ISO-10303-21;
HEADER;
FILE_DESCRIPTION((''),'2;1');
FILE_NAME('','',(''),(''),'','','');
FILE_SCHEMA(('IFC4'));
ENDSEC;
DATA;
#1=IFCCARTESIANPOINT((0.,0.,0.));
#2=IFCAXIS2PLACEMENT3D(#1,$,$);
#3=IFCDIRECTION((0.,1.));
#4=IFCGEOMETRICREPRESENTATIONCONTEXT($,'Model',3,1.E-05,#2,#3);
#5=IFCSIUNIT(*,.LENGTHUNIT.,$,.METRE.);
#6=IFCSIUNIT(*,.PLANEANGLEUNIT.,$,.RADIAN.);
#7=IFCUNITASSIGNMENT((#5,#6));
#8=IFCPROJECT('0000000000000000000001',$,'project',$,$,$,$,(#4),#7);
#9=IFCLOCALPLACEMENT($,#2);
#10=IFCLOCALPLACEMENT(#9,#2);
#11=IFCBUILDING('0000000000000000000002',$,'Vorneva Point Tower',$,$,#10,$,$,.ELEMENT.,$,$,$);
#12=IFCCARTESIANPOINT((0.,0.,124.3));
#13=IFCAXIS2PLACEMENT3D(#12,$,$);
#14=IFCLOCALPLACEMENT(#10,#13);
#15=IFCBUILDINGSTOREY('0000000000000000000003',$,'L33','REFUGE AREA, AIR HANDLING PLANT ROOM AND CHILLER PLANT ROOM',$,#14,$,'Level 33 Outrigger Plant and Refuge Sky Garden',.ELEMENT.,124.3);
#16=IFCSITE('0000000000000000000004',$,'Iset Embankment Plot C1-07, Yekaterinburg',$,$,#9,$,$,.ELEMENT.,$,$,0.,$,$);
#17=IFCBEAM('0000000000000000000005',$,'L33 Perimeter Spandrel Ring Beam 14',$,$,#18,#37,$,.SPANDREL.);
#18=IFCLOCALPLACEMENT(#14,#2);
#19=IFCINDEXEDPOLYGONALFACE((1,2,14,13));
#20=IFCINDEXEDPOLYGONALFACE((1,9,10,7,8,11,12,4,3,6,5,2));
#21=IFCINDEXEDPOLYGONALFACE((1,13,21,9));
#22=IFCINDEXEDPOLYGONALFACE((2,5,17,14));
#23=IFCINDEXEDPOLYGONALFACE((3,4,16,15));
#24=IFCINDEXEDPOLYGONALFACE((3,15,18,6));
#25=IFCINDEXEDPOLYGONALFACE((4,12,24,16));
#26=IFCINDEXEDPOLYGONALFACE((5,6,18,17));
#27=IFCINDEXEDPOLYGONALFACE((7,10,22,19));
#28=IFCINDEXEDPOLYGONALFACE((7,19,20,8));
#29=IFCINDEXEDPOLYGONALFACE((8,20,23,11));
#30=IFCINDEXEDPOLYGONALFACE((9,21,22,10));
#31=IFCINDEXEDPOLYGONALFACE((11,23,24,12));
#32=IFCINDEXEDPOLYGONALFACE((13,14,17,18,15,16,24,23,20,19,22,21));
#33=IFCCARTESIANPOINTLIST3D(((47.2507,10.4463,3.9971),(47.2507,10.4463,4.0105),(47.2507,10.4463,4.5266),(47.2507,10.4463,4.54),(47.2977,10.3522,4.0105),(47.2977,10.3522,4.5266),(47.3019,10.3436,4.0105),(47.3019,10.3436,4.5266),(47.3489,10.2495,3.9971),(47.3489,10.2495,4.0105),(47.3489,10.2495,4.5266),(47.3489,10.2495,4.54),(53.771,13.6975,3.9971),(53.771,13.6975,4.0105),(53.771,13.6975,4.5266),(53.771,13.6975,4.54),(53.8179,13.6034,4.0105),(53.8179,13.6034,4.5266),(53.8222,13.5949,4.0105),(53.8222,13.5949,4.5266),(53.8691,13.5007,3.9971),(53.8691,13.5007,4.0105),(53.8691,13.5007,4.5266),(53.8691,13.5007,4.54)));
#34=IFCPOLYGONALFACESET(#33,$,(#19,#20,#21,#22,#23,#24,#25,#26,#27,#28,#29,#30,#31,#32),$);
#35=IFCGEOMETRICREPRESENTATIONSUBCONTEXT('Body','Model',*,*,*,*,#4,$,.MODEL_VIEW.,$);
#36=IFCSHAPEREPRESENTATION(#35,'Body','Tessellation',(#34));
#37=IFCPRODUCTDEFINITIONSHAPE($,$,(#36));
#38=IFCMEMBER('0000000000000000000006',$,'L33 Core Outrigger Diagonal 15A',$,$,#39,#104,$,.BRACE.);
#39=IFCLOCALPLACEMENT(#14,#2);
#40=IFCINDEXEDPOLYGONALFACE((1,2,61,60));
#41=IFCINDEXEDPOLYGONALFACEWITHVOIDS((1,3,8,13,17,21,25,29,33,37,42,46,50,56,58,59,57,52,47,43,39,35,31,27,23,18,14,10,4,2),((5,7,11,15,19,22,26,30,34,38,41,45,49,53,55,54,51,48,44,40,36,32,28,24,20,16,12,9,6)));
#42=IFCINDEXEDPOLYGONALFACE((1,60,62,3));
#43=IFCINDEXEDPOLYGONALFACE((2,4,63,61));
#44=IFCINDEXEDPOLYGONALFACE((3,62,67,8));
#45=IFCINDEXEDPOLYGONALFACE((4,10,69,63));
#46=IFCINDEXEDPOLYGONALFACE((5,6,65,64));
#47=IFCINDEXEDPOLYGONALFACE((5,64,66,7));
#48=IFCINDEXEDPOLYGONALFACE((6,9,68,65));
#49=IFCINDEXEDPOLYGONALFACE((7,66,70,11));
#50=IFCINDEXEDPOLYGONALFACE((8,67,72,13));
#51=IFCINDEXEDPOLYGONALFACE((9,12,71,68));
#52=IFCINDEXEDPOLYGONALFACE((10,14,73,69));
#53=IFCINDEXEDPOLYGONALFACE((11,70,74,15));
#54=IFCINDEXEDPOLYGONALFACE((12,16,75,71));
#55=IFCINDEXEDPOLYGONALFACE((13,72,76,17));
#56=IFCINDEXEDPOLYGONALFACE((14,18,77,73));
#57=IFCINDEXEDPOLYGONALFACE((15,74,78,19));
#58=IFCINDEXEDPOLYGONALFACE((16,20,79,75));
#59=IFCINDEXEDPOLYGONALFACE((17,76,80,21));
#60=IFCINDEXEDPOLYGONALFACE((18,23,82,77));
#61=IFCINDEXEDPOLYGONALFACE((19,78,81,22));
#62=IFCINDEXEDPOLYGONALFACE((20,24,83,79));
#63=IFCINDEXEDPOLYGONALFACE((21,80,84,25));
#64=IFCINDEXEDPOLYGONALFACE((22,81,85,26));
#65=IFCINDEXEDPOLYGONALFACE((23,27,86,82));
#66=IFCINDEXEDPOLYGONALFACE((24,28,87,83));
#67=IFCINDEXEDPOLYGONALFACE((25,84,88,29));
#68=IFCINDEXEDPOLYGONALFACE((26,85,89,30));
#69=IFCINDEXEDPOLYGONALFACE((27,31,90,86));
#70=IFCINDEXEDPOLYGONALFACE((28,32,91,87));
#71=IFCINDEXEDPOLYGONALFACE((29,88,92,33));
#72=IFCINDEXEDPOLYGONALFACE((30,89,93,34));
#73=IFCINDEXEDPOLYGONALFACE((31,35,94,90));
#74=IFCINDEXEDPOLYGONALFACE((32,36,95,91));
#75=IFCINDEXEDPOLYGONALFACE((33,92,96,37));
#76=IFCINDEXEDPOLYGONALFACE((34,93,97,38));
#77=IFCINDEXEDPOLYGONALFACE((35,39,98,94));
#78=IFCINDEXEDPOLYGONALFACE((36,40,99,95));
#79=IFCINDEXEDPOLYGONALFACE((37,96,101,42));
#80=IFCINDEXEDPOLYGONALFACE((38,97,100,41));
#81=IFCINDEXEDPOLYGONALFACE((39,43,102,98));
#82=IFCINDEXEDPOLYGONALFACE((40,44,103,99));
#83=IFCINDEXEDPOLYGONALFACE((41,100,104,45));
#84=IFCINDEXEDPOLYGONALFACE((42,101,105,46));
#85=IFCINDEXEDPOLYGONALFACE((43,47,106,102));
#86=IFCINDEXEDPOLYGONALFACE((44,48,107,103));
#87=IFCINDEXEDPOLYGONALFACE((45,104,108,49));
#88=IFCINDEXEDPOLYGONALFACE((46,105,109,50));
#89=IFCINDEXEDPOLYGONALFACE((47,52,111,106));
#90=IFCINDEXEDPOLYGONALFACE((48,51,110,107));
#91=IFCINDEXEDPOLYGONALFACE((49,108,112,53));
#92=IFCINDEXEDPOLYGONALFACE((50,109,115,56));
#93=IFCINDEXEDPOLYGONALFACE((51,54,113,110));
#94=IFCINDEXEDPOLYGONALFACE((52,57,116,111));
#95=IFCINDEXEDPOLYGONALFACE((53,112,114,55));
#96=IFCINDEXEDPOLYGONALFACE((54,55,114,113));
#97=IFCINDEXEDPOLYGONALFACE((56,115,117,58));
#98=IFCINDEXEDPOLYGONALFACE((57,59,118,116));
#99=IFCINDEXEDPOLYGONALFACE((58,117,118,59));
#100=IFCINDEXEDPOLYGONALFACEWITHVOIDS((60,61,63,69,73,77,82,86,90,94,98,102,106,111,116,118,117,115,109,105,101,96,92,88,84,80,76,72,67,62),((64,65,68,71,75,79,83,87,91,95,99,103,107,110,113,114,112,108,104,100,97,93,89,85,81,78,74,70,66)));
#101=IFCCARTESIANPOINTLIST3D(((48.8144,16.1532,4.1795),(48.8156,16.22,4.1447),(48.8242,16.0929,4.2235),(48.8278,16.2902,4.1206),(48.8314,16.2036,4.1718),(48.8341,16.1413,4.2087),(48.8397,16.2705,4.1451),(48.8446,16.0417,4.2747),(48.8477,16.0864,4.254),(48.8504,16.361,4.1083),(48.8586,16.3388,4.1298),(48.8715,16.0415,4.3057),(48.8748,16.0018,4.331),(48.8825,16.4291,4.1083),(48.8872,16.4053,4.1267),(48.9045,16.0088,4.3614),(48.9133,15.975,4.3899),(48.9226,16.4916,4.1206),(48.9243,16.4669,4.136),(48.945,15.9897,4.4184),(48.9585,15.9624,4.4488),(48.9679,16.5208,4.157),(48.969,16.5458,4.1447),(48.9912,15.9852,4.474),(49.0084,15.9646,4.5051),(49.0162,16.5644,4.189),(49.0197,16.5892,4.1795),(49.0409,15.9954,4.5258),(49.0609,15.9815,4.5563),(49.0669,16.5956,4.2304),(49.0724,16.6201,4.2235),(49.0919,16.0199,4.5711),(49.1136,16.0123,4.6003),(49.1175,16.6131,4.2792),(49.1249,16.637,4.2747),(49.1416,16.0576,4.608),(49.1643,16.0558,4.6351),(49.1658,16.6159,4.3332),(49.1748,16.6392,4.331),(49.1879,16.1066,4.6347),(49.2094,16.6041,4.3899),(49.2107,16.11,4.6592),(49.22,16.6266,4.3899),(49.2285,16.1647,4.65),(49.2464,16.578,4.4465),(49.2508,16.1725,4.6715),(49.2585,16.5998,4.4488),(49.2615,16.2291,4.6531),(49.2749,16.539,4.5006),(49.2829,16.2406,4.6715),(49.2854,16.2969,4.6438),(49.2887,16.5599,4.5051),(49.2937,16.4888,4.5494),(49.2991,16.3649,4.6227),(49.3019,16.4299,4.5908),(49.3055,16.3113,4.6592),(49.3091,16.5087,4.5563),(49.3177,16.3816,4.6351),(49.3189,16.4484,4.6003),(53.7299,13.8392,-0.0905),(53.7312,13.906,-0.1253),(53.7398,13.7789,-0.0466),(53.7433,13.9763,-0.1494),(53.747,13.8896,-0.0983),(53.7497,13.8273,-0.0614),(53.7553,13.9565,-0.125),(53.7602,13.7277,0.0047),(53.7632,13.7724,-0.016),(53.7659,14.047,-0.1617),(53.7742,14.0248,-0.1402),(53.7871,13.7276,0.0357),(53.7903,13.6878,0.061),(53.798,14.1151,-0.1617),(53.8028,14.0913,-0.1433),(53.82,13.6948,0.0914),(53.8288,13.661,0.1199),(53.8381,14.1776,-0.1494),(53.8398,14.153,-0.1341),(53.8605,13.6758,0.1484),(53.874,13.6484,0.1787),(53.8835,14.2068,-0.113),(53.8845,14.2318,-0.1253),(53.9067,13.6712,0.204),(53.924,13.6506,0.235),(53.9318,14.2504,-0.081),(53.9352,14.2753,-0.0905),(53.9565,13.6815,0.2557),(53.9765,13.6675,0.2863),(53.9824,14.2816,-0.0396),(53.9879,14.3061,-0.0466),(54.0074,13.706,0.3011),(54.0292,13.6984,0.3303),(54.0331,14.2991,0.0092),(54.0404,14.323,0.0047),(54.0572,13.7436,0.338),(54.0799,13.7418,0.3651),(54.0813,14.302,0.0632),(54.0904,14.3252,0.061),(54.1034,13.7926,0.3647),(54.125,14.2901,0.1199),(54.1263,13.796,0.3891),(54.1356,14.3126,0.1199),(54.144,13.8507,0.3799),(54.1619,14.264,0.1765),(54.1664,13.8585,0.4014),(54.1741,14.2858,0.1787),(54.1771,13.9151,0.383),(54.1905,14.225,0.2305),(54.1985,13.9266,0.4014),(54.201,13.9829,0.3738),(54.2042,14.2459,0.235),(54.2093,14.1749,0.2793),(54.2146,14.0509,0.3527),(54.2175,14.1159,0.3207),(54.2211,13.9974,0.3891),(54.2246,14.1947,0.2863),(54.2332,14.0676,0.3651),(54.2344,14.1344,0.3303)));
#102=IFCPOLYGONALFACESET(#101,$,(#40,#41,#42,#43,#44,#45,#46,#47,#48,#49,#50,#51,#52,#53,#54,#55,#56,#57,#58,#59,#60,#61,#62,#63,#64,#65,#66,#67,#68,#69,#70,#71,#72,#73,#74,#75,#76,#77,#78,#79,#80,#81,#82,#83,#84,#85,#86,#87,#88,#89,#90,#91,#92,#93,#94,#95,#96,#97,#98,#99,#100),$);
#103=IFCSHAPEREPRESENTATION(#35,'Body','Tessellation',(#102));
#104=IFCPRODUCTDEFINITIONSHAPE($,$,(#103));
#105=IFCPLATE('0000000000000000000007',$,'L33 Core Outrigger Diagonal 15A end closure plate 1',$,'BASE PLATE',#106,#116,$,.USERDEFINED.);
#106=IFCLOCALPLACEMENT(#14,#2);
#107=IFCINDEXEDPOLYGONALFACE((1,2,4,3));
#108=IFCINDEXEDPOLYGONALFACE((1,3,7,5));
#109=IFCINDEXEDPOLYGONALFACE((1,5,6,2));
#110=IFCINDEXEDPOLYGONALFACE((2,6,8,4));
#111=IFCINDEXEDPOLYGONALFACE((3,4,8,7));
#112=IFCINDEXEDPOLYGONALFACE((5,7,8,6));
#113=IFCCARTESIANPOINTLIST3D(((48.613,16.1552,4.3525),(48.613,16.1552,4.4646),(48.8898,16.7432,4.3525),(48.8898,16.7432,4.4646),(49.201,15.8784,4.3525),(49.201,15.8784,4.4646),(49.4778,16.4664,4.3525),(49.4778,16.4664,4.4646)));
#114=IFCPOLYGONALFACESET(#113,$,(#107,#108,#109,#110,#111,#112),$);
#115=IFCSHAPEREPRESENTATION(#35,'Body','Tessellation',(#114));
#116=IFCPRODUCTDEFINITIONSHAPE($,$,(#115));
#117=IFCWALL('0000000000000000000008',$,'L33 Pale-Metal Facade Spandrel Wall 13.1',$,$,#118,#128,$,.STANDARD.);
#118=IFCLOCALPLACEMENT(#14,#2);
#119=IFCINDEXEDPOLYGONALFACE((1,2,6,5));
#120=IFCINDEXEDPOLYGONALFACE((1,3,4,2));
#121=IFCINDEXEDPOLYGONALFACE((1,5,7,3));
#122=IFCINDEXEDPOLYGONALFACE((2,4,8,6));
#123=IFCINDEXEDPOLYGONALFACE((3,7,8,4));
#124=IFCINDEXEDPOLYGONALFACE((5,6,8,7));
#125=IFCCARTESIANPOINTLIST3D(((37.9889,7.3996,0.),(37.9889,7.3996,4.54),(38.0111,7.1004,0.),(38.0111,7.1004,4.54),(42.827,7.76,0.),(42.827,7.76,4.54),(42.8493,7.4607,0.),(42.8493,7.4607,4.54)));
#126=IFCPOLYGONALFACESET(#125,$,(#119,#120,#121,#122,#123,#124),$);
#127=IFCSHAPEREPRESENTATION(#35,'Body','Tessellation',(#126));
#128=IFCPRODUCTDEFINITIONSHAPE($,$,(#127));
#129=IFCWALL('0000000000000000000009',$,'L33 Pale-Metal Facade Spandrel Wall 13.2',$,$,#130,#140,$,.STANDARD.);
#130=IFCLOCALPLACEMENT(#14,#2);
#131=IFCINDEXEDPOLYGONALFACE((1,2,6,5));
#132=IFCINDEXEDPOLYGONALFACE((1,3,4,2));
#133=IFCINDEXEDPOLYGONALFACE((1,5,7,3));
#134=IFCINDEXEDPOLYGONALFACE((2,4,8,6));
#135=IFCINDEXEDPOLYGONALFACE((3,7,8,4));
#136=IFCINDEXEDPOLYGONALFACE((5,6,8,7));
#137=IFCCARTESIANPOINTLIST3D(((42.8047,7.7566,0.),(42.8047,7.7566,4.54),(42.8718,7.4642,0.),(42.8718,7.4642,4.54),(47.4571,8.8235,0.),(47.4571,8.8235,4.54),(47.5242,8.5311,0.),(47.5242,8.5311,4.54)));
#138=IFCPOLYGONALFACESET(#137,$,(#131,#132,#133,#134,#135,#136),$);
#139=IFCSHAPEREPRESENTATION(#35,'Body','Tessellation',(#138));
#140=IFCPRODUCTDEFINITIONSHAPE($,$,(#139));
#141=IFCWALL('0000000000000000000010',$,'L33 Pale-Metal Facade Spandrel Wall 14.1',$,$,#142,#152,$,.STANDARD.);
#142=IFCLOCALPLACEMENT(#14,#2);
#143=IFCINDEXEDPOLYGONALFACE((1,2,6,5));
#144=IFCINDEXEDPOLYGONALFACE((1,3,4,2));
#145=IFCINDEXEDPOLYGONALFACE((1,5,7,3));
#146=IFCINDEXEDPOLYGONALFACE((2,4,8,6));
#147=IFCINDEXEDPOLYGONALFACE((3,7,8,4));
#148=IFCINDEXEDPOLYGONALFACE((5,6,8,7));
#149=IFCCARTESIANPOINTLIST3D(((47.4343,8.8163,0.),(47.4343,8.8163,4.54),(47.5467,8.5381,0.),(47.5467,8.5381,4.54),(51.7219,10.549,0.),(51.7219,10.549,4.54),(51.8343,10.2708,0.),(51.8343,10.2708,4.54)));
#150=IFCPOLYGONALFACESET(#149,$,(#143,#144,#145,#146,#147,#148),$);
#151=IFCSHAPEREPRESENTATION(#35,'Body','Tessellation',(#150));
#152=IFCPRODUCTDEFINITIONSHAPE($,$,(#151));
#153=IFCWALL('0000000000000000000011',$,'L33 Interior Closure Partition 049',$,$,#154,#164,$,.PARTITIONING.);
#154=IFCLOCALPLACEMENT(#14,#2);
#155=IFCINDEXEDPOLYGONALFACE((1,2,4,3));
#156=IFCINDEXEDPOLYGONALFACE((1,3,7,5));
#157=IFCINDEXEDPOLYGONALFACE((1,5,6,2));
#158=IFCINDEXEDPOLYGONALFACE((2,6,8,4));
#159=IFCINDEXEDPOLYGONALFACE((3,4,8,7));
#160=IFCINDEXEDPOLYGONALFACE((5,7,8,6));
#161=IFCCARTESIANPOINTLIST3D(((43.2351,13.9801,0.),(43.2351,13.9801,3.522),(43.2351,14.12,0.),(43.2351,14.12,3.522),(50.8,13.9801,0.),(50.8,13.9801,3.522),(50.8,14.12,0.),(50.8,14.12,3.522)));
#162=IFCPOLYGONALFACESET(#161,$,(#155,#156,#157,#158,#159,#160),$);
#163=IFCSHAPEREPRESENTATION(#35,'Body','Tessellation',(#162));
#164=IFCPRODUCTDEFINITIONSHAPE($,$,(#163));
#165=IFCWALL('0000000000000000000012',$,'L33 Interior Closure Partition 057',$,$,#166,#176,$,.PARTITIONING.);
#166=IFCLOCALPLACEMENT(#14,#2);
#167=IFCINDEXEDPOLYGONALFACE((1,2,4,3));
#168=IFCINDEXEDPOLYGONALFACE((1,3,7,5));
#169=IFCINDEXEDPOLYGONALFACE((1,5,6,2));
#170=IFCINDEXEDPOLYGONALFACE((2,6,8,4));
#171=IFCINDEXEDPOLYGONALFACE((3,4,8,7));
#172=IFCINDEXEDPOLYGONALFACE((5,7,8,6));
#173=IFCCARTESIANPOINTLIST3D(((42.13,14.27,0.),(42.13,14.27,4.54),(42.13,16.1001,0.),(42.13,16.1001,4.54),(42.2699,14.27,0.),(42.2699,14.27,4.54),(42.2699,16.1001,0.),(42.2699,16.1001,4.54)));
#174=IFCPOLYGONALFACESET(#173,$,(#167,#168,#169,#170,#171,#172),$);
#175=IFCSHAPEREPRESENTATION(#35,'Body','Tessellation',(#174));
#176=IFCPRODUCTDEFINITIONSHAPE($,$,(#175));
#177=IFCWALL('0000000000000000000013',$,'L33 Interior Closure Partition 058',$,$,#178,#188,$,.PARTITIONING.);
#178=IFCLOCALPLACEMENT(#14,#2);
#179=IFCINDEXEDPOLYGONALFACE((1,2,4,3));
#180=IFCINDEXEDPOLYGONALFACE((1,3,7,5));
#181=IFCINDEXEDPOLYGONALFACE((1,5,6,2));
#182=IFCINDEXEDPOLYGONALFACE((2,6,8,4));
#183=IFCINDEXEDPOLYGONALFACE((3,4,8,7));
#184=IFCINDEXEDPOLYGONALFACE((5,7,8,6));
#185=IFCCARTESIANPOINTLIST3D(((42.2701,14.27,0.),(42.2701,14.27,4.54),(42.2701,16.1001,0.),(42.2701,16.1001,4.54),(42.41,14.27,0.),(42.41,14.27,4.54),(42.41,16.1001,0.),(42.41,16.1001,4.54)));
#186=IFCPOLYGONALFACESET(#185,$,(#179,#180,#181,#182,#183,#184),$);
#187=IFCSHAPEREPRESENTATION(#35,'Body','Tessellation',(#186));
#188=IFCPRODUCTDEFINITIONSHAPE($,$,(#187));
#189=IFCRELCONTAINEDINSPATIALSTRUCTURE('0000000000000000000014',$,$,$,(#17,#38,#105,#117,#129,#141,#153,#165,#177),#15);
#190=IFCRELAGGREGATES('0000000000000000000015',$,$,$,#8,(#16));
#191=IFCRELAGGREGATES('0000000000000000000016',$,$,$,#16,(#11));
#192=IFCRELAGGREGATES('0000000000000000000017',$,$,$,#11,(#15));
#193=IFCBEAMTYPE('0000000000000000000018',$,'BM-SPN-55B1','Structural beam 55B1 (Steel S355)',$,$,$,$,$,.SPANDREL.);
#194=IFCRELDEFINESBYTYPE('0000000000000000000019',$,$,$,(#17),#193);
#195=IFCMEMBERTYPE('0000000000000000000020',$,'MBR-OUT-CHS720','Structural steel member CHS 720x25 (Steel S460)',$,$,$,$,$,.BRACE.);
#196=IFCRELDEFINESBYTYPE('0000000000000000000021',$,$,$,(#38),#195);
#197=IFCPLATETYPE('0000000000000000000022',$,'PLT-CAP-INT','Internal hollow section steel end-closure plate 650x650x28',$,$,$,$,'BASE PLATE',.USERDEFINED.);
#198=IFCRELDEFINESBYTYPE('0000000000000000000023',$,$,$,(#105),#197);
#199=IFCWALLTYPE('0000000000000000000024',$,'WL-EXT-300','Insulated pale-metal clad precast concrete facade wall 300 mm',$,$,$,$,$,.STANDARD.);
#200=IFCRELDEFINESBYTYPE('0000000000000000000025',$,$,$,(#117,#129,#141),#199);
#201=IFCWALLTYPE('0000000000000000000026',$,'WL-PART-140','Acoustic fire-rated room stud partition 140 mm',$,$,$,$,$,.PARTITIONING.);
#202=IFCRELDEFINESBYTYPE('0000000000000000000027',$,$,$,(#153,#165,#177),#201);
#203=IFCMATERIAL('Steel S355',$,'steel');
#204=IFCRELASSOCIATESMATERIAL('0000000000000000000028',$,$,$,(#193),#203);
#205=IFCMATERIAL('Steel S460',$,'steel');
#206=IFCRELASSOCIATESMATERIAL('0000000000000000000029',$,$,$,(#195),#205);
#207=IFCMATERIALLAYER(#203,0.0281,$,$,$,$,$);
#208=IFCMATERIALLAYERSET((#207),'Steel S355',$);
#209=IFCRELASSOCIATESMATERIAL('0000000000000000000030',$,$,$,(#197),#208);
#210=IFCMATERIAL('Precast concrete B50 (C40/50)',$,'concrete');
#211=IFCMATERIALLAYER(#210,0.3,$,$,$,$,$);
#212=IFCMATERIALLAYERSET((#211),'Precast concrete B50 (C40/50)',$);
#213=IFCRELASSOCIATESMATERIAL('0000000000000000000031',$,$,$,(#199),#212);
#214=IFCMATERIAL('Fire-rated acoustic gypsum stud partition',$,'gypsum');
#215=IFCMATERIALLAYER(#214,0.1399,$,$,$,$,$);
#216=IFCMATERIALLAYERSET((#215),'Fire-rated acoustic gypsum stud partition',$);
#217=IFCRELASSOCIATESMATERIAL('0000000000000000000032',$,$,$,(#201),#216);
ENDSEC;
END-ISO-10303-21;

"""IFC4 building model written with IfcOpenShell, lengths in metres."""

from ifc_helpers import new_model, si_unit, direction, frame, frame_2d, origin, origin_2d, place, context, subcontext, project, spatial, rectangle, hollow_circle, i_section, extrude, material, layer, layer_set, material_profile, profile_set, type_object, element, save


model = new_model("IFC4")

# Units and contexts
model_context = context("Model", 3, precision=1e-05, world=origin(), true_north=direction((0.0, 1.0)))
body_context = subcontext(model_context, "Body", "Model", "MODEL_VIEW")
ifc_project = project(units=[si_unit("LENGTHUNIT", "METRE"), si_unit("PLANEANGLEUNIT", "RADIAN")], contexts=[model_context])

# Site, building, storey
site_placement = place(None, origin())
site = spatial("IfcSite", under=ifc_project, at=site_placement, Name="Iset Embankment Plot C1-07, Yekaterinburg", CompositionType="ELEMENT", RefElevation=0.0)
building_placement = place(site_placement, origin())
building = spatial("IfcBuilding", under=site, at=building_placement, Name="Vorneva Point Tower", CompositionType="ELEMENT")
storey_placement = place(building_placement, frame((0.0, 0.0, 124.3)))
storey = spatial("IfcBuildingStorey", under=building, at=storey_placement, Name="L33", Description="REFUGE AREA, AIR HANDLING PLANT ROOM AND CHILLER PLANT ROOM", LongName="Level 33 Outrigger Plant and Refuge Sky Garden", CompositionType="ELEMENT", Elevation=124.3)

# Beam
ifc_material_1 = material(Name="Steel S460", Category="steel")
ifc_material_2 = material(Name="Steel S355", Category="steel")
ifc_material_profile_1 = material_profile(ifc_material_2, i_section(OverallWidth=0.22, OverallDepth=0.543, WebThickness=0.0095, FlangeThickness=0.0134, at=origin_2d()), Name="55B1")
ifc_profile_set_1 = profile_set([ifc_material_profile_1], Name="Steel S355")
beam_type_1 = type_object("IfcBeamType", Name="BM-SPN-55B1", Description="Structural beam 55B1 (Steel S355)", PredefinedType="SPANDREL", material=ifc_profile_set_1)
beam_1_placement = place(storey_placement, frame((47.2998, 10.3479, 4.2686), z_axis=(0.894916, 0.446235, 0.0), x_axis=(-0.446235, 0.894916, 0.0)))
element("IfcBeam", 1, at=beam_1_placement, inside=storey, type_object=beam_type_1, Name="L33 Perimeter Spandrel Ring Beam 14", PredefinedType="SPANDREL", context=body_context, shape_type="SweptSolid", body=[
    extrude(i_section(OverallWidth=0.22, OverallDepth=0.543, WebThickness=0.0095, FlangeThickness=0.0134, at=origin_2d()), origin(), (0.0, 0.0, 1.0), 7.2859),
])

# Member
ifc_material_profile_2 = material_profile(ifc_material_1, hollow_circle(Radius=0.3601, WallThickness=0.0249, at=origin_2d()), Name="CHS 720x25")
ifc_profile_set_2 = profile_set([ifc_material_profile_2], Name="Steel S460")
member_type = type_object("IfcMemberType", Name="MBR-OUT-CHS720", Description="Structural steel member CHS 720x25 (Steel S460)", PredefinedType="BRACE", material=ifc_profile_set_2)
member_placement = place(storey_placement, frame((49.0667, 16.3008, 4.3899), z_axis=(0.711351, -0.334866, -0.617936), x_axis=(0.425914, 0.904764, 0.0)))
element("IfcMember", 2, at=member_placement, inside=storey, type_object=member_type, Name="L33 Core Outrigger Diagonal 15A", PredefinedType="BRACE", context=body_context, shape_type="SweptSolid", body=[
    extrude(hollow_circle(Radius=0.3601, WallThickness=0.0249, at=origin_2d()), origin(), (0.0, 0.0, 1.0), 6.9102),
])

# Plate
ifc_layer_1 = layer(ifc_material_2, 0.0281)
ifc_layer_set_1 = layer_set([ifc_layer_1], Name="Steel S355")
plate_type = type_object("IfcPlateType", Name="PLT-CAP-INT", Description="Internal hollow section steel end-closure plate 650x650x28", ElementType="BASE PLATE", PredefinedType="USERDEFINED", material=ifc_layer_set_1)
plate_placement = place(storey_placement, frame((49.0454, 16.3108, 4.3525), z_axis=(0.0, 0.0, 1.0), x_axis=(0.90476, -0.425921, 0.0)))
element("IfcPlate", 3, at=plate_placement, inside=storey, type_object=plate_type, Name="L33 Core Outrigger Diagonal 15A end closure plate 1", ObjectType="BASE PLATE", PredefinedType="USERDEFINED", context=body_context, shape_type="SweptSolid", body=[
    extrude(rectangle(XDim=0.6499, YDim=0.6499, at=origin_2d()), origin(), (0.0, 0.0, 1.0), 0.1121),
])

# Walls
ifc_material_3 = material(Name="Precast concrete B50 (C40/50)", Category="concrete")
ifc_layer_2 = layer(ifc_material_3, 0.3)
ifc_layer_set_2 = layer_set([ifc_layer_2], Name="Precast concrete B50 (C40/50)")
wall_type_1 = type_object("IfcWallType", Name="WL-EXT-300", Description="Insulated pale-metal clad precast concrete facade wall 300 mm", PredefinedType="STANDARD", material=ifc_layer_set_2)
wall_1_placement = place(storey_placement, frame((38.0, 7.25, 0.0), z_axis=(0.0, 0.0, 1.0), x_axis=(0.997238, 0.074276, 0.0)))
element("IfcWall", 4, at=wall_1_placement, inside=storey, type_object=wall_type_1, Name="L33 Pale-Metal Facade Spandrel Wall 13.1", PredefinedType="STANDARD", context=body_context, shape_type="SweptSolid", body=[
    extrude(rectangle(XDim=4.8516, YDim=0.3, at=frame_2d((2.4258, 0.0))), origin(), (0.0, 0.0, 1.0), 4.54),
])
wall_2_placement = place(storey_placement, frame((42.8381, 7.6104, 0.0), z_axis=(0.0, 0.0, 1.0), x_axis=(0.974699, 0.223522, 0.0)))
element("IfcWall", 5, at=wall_2_placement, inside=storey, type_object=wall_type_1, Name="L33 Pale-Metal Facade Spandrel Wall 13.2", PredefinedType="STANDARD", context=body_context, shape_type="SweptSolid", body=[
    extrude(rectangle(XDim=4.7732, YDim=0.3, at=frame_2d((2.3867, 0.0))), origin(), (0.0, 0.0, 1.0), 4.54),
])
wall_3_placement = place(storey_placement, frame((47.4905, 8.6772, 0.0), z_axis=(0.0, 0.0, 1.0), x_axis=(0.927157, 0.374674, 0.0)))
element("IfcWall", 6, at=wall_3_placement, inside=storey, type_object=wall_type_1, Name="L33 Pale-Metal Facade Spandrel Wall 14.1", PredefinedType="STANDARD", context=body_context, shape_type="SweptSolid", body=[
    extrude(rectangle(XDim=4.6245, YDim=0.3, at=frame_2d((2.3123, 0.0))), origin(), (0.0, 0.0, 1.0), 4.54),
])
ifc_material_4 = material(Name="Fire-rated acoustic gypsum stud partition", Category="gypsum")
ifc_layer_3 = layer(ifc_material_4, 0.1399)
ifc_layer_set_3 = layer_set([ifc_layer_3], Name="Fire-rated acoustic gypsum stud partition")
wall_type_2 = type_object("IfcWallType", Name="WL-PART-140", Description="Acoustic fire-rated room stud partition 140 mm", PredefinedType="PARTITIONING", material=ifc_layer_set_3)
wall_4_placement = place(storey_placement, frame((43.2351, 14.05, 0.0), z_axis=(0.0, 0.0, 1.0), x_axis=(1.0, 0.0, 0.0)))
element("IfcWall", 7, at=wall_4_placement, inside=storey, type_object=wall_type_2, Name="L33 Interior Closure Partition 049", PredefinedType="PARTITIONING", context=body_context, shape_type="SweptSolid", body=[
    extrude(rectangle(XDim=7.5649, YDim=0.1399, at=frame_2d((3.7825, 0.0))), origin(), (0.0, 0.0, 1.0), 3.522),
])
for number, where, z_axis, x_axis, name in (
    (8, (42.2, 16.1001, 0.0), (0.0, 0.0, 1.0), (0.0, -1.0, 0.0), "L33 Interior Closure Partition 057"),
    (9, (42.3401, 14.27, 0.0), (0.0, 0.0, 1.0), (0.0, 1.0, 0.0), "L33 Interior Closure Partition 058"),
):
    element("IfcWall", number, at=place(storey_placement, frame(where, z_axis=z_axis, x_axis=x_axis)), inside=storey, type_object=wall_type_2, Name=name, PredefinedType="PARTITIONING", context=body_context, shape_type="SweptSolid", body=[
        extrude(rectangle(XDim=1.8301, YDim=0.1399, at=frame_2d((0.915, 0.0))), origin(), (0.0, 0.0, 1.0), 4.54),
    ])

save(model, "model.ifc")
